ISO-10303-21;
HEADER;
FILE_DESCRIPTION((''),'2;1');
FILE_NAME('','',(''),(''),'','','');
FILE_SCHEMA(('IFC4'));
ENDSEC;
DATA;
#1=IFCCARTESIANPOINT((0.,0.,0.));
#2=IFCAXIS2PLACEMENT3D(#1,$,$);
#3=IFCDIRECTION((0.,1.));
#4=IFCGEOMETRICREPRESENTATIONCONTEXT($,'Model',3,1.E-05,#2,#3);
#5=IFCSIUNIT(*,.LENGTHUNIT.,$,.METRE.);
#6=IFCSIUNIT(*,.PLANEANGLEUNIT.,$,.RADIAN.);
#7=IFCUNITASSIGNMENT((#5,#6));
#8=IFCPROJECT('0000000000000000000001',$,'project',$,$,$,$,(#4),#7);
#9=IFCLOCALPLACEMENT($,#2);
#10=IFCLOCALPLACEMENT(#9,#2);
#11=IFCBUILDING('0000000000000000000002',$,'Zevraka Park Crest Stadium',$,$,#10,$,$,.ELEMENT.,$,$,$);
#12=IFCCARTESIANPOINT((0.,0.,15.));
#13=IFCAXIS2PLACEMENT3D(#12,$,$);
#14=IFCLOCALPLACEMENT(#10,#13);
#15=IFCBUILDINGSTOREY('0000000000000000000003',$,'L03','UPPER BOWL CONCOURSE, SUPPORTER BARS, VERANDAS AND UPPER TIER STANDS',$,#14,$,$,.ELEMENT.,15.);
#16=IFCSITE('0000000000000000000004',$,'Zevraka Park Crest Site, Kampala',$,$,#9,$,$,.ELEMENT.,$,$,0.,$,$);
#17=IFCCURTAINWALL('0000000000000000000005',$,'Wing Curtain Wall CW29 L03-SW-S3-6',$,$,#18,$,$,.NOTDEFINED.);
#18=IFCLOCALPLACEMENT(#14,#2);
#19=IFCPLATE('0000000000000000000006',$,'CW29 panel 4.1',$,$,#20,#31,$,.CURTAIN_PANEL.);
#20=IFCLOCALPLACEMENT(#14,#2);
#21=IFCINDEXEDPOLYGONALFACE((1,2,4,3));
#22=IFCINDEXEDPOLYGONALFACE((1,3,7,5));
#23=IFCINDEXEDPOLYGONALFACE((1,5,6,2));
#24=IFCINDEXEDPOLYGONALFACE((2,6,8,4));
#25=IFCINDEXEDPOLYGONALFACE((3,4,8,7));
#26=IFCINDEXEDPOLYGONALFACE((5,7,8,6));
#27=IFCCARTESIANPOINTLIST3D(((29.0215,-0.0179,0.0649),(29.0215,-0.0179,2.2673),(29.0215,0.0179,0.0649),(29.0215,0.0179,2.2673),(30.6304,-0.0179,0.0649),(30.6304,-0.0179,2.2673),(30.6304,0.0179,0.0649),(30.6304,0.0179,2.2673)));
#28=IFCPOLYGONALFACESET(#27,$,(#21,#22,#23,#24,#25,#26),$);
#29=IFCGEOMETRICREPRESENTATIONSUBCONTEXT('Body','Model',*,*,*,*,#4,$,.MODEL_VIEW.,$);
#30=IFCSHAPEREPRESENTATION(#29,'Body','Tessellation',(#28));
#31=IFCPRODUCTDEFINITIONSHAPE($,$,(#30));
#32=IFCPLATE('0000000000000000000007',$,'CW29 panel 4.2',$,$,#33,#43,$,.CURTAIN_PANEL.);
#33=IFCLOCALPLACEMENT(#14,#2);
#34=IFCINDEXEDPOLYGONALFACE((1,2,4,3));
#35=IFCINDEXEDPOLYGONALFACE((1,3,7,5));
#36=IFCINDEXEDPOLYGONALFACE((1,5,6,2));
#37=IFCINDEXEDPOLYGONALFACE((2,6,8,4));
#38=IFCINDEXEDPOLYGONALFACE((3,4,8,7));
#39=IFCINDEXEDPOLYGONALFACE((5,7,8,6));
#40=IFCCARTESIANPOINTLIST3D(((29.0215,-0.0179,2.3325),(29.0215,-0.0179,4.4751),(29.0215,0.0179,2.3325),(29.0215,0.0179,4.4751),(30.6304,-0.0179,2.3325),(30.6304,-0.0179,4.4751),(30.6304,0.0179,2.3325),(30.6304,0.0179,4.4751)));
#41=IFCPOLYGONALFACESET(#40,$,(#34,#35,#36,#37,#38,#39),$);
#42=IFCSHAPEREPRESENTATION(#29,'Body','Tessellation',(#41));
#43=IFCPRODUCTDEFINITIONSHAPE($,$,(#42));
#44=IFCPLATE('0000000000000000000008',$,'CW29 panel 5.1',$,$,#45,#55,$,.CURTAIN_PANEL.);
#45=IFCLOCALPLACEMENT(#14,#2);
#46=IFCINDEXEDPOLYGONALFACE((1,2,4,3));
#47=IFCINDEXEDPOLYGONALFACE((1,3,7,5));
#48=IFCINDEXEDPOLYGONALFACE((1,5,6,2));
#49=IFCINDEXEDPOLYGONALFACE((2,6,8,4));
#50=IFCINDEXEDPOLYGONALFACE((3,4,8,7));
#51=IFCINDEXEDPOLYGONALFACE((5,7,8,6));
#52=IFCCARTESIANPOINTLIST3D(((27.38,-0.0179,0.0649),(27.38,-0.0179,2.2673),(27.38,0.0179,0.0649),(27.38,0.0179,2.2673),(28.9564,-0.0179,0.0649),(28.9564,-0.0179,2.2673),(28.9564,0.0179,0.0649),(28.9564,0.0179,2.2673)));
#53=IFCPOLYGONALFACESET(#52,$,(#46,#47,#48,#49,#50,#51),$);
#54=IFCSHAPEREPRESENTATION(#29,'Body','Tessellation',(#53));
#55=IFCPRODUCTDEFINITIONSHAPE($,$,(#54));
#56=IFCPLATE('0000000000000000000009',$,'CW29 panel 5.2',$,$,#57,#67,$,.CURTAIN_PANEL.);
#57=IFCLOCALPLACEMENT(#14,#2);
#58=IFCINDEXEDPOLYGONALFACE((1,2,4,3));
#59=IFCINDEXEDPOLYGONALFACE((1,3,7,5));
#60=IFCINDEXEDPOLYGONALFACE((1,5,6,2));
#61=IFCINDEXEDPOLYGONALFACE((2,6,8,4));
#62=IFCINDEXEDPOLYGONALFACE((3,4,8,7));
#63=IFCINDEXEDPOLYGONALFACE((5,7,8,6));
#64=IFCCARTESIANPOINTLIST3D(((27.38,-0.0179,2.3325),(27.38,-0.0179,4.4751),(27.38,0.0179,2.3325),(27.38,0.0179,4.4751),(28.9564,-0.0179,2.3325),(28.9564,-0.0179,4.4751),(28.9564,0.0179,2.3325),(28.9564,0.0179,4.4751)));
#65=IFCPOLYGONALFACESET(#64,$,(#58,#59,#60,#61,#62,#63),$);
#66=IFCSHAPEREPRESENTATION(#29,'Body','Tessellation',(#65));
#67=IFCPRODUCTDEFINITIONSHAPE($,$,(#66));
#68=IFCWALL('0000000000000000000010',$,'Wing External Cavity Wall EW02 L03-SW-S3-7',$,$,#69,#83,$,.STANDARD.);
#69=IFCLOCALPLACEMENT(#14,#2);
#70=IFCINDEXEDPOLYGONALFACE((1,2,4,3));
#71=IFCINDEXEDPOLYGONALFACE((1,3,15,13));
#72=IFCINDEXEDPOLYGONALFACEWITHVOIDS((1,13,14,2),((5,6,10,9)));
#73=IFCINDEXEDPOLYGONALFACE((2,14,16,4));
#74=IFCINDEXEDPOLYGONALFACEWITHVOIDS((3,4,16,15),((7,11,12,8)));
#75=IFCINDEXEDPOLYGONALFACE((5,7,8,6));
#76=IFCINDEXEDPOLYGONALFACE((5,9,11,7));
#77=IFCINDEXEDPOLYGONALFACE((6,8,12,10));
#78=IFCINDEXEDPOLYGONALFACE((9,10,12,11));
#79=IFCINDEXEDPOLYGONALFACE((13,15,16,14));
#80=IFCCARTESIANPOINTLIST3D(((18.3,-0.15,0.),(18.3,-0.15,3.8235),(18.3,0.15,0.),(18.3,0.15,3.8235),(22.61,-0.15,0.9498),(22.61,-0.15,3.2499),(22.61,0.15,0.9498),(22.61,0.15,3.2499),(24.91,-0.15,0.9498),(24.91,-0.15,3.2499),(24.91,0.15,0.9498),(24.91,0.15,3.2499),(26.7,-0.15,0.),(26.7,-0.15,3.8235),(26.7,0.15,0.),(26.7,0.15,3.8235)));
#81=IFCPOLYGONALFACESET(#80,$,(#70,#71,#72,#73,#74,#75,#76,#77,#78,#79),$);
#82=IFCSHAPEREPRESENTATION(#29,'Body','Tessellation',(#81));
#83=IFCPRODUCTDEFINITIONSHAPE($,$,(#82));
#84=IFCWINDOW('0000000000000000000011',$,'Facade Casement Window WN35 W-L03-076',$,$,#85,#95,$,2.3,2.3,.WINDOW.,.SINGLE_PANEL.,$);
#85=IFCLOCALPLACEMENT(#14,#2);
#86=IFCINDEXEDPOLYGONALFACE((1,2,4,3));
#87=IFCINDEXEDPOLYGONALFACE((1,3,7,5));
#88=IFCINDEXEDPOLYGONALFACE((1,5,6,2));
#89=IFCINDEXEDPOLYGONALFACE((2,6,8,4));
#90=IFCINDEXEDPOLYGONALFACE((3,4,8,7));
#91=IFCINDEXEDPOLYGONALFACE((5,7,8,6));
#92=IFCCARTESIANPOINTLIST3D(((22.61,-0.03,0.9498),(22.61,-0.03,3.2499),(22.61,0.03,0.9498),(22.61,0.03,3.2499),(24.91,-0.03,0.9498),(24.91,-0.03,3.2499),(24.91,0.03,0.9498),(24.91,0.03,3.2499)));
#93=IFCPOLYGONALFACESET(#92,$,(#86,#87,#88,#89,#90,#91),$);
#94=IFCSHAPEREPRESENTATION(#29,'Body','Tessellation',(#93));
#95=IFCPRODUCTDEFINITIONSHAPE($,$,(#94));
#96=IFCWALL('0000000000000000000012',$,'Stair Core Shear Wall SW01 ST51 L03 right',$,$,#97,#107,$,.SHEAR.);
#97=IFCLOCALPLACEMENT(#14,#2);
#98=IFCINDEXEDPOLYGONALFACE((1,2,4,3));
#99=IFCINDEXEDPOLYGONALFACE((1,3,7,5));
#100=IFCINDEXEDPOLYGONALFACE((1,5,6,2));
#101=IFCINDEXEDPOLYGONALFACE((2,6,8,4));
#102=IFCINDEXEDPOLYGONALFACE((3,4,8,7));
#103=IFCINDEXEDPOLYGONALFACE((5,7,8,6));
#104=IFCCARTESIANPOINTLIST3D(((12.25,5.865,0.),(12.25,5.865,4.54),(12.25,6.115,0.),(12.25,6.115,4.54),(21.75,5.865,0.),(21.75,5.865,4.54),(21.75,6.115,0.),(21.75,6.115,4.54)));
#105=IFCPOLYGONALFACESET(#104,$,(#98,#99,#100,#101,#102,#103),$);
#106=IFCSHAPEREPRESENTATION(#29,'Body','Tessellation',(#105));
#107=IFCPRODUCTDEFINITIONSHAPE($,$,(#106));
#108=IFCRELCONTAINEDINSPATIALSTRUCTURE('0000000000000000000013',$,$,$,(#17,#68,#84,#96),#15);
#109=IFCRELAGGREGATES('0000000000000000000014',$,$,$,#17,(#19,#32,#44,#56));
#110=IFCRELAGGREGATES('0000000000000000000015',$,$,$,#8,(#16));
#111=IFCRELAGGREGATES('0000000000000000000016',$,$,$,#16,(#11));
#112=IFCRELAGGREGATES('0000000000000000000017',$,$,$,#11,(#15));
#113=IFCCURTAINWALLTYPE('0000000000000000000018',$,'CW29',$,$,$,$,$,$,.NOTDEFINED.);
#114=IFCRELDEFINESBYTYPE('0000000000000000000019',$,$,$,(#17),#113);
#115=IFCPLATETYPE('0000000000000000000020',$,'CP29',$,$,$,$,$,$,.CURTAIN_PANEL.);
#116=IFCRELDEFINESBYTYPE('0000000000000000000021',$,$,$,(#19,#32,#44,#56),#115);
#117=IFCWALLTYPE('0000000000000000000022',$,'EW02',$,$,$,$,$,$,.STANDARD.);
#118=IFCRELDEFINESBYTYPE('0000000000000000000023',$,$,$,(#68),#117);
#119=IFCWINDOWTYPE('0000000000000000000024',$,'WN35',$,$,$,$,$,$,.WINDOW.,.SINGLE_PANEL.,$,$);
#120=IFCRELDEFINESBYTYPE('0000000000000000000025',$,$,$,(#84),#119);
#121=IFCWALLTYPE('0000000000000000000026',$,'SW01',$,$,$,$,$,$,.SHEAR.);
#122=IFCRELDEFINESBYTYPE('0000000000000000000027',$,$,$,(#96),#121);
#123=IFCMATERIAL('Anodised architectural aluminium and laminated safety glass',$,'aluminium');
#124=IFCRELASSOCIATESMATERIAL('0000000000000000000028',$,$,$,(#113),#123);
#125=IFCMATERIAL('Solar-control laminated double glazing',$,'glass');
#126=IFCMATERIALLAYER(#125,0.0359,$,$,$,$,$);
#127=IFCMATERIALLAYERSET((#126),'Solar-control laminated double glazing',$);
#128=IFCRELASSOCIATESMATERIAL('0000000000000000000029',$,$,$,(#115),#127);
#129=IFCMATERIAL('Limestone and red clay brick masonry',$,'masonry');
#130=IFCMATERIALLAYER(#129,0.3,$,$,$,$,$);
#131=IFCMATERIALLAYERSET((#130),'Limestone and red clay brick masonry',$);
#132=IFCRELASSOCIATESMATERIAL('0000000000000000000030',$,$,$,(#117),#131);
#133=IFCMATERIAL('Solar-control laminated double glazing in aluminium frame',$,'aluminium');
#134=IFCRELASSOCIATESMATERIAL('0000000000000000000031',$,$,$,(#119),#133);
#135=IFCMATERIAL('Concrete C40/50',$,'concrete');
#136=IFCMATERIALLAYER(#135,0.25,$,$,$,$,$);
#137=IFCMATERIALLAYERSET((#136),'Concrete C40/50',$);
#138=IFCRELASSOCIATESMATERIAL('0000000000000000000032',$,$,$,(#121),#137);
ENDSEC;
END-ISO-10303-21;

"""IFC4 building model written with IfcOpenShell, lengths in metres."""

from ifc_helpers import new_model, si_unit, direction, frame, frame_2d, origin, origin_2d, place, context, subcontext, project, spatial, rectangle, extrude, material, layer, layer_set, type_object, element, fill, aggregate, save


model = new_model("IFC4")

# Units and contexts
model_context = context("Model", 3, precision=1e-05, world=origin(), true_north=direction((0.0, 1.0)))
body_context = subcontext(model_context, "Body", "Model", "MODEL_VIEW")
ifc_project = project(units=[si_unit("LENGTHUNIT", "METRE"), si_unit("PLANEANGLEUNIT", "RADIAN")], contexts=[model_context])

# Site, building, storey
site_placement = place(None, origin())
site = spatial("IfcSite", under=ifc_project, at=site_placement, Name="Zevraka Park Crest Site, Kampala", CompositionType="ELEMENT", RefElevation=0.0)
building_placement = place(site_placement, origin())
building = spatial("IfcBuilding", under=site, at=building_placement, Name="Zevraka Park Crest Stadium", CompositionType="ELEMENT")
storey_placement = place(building_placement, frame((0.0, 0.0, 15.0)))
storey = spatial("IfcBuildingStorey", under=building, at=storey_placement, Name="L03", Description="UPPER BOWL CONCOURSE, SUPPORTER BARS, VERANDAS AND UPPER TIER STANDS", CompositionType="ELEMENT", Elevation=15.0)

# Curtain wall, plates
ifc_material_1 = material(Name="Anodised architectural aluminium and laminated safety glass", Category="aluminium")
curtain_wall_type = type_object("IfcCurtainWallType", Name="CW29", PredefinedType="NOTDEFINED", material=ifc_material_1)
curtain_wall_placement = place(storey_placement, origin())
curtain_wall = element("IfcCurtainWall", 1, at=curtain_wall_placement, inside=storey, type_object=curtain_wall_type, Name="Wing Curtain Wall CW29 L03-SW-S3-6", PredefinedType="NOTDEFINED")
ifc_material_2 = material(Name="Solar-control laminated double glazing", Category="glass")
ifc_layer_1 = layer(ifc_material_2, 0.0359)
ifc_layer_set_1 = layer_set([ifc_layer_1], Name="Solar-control laminated double glazing")
plate_type = type_object("IfcPlateType", Name="CP29", PredefinedType="CURTAIN_PANEL", material=ifc_layer_set_1)
plate_1_placement = place(storey_placement, frame((29.8259, 0.0, 0.0649), z_axis=(0.0, 0.0, 1.0), x_axis=(-1.0, 0.0, 0.0)))
plate_1 = element("IfcPlate", 2, at=plate_1_placement, type_object=plate_type, Name="CW29 panel 4.1", PredefinedType="CURTAIN_PANEL", context=body_context, shape_type="SweptSolid", body=[
    extrude(rectangle(XDim=1.6089, YDim=0.0359, at=origin_2d()), origin(), (0.0, 0.0, 1.0), 2.2024),
])
plate_2_placement = place(storey_placement, frame((29.8259, 0.0, 2.3325), z_axis=(0.0, 0.0, 1.0), x_axis=(-1.0, 0.0, 0.0)))
plate_2 = element("IfcPlate", 3, at=plate_2_placement, type_object=plate_type, Name="CW29 panel 4.2", PredefinedType="CURTAIN_PANEL", context=body_context, shape_type="SweptSolid", body=[
    extrude(rectangle(XDim=1.6089, YDim=0.0359, at=origin_2d()), origin(), (0.0, 0.0, 1.0), 2.1426),
])
plate_3_placement = place(storey_placement, frame((28.1682, 0.0, 0.0649), z_axis=(0.0, 0.0, 1.0), x_axis=(-1.0, 0.0, 0.0)))
plate_3 = element("IfcPlate", 4, at=plate_3_placement, type_object=plate_type, Name="CW29 panel 5.1", PredefinedType="CURTAIN_PANEL", context=body_context, shape_type="SweptSolid", body=[
    extrude(rectangle(XDim=1.5764, YDim=0.0359, at=origin_2d()), origin(), (0.0, 0.0, 1.0), 2.2024),
])
plate_4_placement = place(storey_placement, frame((28.1682, 0.0, 2.3325), z_axis=(0.0, 0.0, 1.0), x_axis=(-1.0, 0.0, 0.0)))
plate_4 = element("IfcPlate", 5, at=plate_4_placement, type_object=plate_type, Name="CW29 panel 5.2", PredefinedType="CURTAIN_PANEL", context=body_context, shape_type="SweptSolid", body=[
    extrude(rectangle(XDim=1.5764, YDim=0.0359, at=origin_2d()), origin(), (0.0, 0.0, 1.0), 2.1426),
])
aggregate(curtain_wall, [plate_1, plate_2, plate_3, plate_4])

# Wall, opening, window
ifc_material_3 = material(Name="Limestone and red clay brick masonry", Category="masonry")
ifc_layer_2 = layer(ifc_material_3, 0.3)
ifc_layer_set_2 = layer_set([ifc_layer_2], Name="Limestone and red clay brick masonry")
wall_type_1 = type_object("IfcWallType", Name="EW02", PredefinedType="STANDARD", material=ifc_layer_set_2)
wall_1_placement = place(storey_placement, frame((26.7, 0.0, 0.0), z_axis=(0.0, 0.0, 1.0), x_axis=(-1.0, 0.0, 0.0)))
wall_1 = element("IfcWall", 6, at=wall_1_placement, inside=storey, type_object=wall_type_1, Name="Wing External Cavity Wall EW02 L03-SW-S3-7", PredefinedType="STANDARD", context=body_context, shape_type="SweptSolid", body=[
    extrude(rectangle(XDim=8.3999, YDim=0.3, at=frame_2d((4.2, 0.0))), origin(), (0.0, 0.0, 1.0), 3.8235),
])
opening_placement = place(wall_1_placement, frame((1.79, 0.0, 0.95)))
opening = element("IfcOpeningElement", 7, at=opening_placement, cuts=wall_1, PredefinedType="OPENING", context=body_context, shape_type="SweptSolid", body=[
    extrude(rectangle(XDim=2.3, YDim=2.3, at=frame_2d((1.1499, 1.1499))), frame((0.0, 0.1599, 0.0), z_axis=(0.0, -1.0, 0.0), x_axis=(1.0, 0.0, 0.0)), (0.0, 0.0, 1.0), 0.3201),
])
ifc_material_4 = material(Name="Solar-control laminated double glazing in aluminium frame", Category="aluminium")
window_type = type_object("IfcWindowType", Name="WN35", PartitioningType="SINGLE_PANEL", PredefinedType="WINDOW", material=ifc_material_4)
window_placement = place(opening_placement, origin())
window = element("IfcWindow", 8, at=window_placement, inside=storey, type_object=window_type, Name="Facade Casement Window WN35 W-L03-076", OverallHeight=2.3, OverallWidth=2.3, PartitioningType="SINGLE_PANEL", PredefinedType="WINDOW", context=body_context, shape_type="SweptSolid", body=[
    extrude(rectangle(XDim=2.3, YDim=2.3, at=frame_2d((1.1499, 1.1499))), frame((0.0, 0.03, 0.0), z_axis=(0.0, -1.0, 0.0), x_axis=(1.0, 0.0, 0.0)), (0.0, 0.0, 1.0), 0.0601),
])
fill(opening, window)

# Wall
ifc_material_5 = material(Name="Concrete C40/50", Category="concrete")
ifc_layer_3 = layer(ifc_material_5, 0.25)
ifc_layer_set_3 = layer_set([ifc_layer_3], Name="Concrete C40/50")
wall_type_2 = type_object("IfcWallType", Name="SW01", PredefinedType="SHEAR", material=ifc_layer_set_3)
wall_2_placement = place(storey_placement, frame((21.75, 5.99, 0.0), z_axis=(0.0, 0.0, 1.0), x_axis=(-1.0, 0.0, 0.0)))
element("IfcWall", 9, at=wall_2_placement, inside=storey, type_object=wall_type_2, Name="Stair Core Shear Wall SW01 ST51 L03 right", PredefinedType="SHEAR", context=body_context, shape_type="SweptSolid", body=[
    extrude(rectangle(XDim=9.5, YDim=0.25, at=frame_2d((4.75, 0.0))), origin(), (0.0, 0.0, 1.0), 4.54),
])

save(model, "model.ifc")
